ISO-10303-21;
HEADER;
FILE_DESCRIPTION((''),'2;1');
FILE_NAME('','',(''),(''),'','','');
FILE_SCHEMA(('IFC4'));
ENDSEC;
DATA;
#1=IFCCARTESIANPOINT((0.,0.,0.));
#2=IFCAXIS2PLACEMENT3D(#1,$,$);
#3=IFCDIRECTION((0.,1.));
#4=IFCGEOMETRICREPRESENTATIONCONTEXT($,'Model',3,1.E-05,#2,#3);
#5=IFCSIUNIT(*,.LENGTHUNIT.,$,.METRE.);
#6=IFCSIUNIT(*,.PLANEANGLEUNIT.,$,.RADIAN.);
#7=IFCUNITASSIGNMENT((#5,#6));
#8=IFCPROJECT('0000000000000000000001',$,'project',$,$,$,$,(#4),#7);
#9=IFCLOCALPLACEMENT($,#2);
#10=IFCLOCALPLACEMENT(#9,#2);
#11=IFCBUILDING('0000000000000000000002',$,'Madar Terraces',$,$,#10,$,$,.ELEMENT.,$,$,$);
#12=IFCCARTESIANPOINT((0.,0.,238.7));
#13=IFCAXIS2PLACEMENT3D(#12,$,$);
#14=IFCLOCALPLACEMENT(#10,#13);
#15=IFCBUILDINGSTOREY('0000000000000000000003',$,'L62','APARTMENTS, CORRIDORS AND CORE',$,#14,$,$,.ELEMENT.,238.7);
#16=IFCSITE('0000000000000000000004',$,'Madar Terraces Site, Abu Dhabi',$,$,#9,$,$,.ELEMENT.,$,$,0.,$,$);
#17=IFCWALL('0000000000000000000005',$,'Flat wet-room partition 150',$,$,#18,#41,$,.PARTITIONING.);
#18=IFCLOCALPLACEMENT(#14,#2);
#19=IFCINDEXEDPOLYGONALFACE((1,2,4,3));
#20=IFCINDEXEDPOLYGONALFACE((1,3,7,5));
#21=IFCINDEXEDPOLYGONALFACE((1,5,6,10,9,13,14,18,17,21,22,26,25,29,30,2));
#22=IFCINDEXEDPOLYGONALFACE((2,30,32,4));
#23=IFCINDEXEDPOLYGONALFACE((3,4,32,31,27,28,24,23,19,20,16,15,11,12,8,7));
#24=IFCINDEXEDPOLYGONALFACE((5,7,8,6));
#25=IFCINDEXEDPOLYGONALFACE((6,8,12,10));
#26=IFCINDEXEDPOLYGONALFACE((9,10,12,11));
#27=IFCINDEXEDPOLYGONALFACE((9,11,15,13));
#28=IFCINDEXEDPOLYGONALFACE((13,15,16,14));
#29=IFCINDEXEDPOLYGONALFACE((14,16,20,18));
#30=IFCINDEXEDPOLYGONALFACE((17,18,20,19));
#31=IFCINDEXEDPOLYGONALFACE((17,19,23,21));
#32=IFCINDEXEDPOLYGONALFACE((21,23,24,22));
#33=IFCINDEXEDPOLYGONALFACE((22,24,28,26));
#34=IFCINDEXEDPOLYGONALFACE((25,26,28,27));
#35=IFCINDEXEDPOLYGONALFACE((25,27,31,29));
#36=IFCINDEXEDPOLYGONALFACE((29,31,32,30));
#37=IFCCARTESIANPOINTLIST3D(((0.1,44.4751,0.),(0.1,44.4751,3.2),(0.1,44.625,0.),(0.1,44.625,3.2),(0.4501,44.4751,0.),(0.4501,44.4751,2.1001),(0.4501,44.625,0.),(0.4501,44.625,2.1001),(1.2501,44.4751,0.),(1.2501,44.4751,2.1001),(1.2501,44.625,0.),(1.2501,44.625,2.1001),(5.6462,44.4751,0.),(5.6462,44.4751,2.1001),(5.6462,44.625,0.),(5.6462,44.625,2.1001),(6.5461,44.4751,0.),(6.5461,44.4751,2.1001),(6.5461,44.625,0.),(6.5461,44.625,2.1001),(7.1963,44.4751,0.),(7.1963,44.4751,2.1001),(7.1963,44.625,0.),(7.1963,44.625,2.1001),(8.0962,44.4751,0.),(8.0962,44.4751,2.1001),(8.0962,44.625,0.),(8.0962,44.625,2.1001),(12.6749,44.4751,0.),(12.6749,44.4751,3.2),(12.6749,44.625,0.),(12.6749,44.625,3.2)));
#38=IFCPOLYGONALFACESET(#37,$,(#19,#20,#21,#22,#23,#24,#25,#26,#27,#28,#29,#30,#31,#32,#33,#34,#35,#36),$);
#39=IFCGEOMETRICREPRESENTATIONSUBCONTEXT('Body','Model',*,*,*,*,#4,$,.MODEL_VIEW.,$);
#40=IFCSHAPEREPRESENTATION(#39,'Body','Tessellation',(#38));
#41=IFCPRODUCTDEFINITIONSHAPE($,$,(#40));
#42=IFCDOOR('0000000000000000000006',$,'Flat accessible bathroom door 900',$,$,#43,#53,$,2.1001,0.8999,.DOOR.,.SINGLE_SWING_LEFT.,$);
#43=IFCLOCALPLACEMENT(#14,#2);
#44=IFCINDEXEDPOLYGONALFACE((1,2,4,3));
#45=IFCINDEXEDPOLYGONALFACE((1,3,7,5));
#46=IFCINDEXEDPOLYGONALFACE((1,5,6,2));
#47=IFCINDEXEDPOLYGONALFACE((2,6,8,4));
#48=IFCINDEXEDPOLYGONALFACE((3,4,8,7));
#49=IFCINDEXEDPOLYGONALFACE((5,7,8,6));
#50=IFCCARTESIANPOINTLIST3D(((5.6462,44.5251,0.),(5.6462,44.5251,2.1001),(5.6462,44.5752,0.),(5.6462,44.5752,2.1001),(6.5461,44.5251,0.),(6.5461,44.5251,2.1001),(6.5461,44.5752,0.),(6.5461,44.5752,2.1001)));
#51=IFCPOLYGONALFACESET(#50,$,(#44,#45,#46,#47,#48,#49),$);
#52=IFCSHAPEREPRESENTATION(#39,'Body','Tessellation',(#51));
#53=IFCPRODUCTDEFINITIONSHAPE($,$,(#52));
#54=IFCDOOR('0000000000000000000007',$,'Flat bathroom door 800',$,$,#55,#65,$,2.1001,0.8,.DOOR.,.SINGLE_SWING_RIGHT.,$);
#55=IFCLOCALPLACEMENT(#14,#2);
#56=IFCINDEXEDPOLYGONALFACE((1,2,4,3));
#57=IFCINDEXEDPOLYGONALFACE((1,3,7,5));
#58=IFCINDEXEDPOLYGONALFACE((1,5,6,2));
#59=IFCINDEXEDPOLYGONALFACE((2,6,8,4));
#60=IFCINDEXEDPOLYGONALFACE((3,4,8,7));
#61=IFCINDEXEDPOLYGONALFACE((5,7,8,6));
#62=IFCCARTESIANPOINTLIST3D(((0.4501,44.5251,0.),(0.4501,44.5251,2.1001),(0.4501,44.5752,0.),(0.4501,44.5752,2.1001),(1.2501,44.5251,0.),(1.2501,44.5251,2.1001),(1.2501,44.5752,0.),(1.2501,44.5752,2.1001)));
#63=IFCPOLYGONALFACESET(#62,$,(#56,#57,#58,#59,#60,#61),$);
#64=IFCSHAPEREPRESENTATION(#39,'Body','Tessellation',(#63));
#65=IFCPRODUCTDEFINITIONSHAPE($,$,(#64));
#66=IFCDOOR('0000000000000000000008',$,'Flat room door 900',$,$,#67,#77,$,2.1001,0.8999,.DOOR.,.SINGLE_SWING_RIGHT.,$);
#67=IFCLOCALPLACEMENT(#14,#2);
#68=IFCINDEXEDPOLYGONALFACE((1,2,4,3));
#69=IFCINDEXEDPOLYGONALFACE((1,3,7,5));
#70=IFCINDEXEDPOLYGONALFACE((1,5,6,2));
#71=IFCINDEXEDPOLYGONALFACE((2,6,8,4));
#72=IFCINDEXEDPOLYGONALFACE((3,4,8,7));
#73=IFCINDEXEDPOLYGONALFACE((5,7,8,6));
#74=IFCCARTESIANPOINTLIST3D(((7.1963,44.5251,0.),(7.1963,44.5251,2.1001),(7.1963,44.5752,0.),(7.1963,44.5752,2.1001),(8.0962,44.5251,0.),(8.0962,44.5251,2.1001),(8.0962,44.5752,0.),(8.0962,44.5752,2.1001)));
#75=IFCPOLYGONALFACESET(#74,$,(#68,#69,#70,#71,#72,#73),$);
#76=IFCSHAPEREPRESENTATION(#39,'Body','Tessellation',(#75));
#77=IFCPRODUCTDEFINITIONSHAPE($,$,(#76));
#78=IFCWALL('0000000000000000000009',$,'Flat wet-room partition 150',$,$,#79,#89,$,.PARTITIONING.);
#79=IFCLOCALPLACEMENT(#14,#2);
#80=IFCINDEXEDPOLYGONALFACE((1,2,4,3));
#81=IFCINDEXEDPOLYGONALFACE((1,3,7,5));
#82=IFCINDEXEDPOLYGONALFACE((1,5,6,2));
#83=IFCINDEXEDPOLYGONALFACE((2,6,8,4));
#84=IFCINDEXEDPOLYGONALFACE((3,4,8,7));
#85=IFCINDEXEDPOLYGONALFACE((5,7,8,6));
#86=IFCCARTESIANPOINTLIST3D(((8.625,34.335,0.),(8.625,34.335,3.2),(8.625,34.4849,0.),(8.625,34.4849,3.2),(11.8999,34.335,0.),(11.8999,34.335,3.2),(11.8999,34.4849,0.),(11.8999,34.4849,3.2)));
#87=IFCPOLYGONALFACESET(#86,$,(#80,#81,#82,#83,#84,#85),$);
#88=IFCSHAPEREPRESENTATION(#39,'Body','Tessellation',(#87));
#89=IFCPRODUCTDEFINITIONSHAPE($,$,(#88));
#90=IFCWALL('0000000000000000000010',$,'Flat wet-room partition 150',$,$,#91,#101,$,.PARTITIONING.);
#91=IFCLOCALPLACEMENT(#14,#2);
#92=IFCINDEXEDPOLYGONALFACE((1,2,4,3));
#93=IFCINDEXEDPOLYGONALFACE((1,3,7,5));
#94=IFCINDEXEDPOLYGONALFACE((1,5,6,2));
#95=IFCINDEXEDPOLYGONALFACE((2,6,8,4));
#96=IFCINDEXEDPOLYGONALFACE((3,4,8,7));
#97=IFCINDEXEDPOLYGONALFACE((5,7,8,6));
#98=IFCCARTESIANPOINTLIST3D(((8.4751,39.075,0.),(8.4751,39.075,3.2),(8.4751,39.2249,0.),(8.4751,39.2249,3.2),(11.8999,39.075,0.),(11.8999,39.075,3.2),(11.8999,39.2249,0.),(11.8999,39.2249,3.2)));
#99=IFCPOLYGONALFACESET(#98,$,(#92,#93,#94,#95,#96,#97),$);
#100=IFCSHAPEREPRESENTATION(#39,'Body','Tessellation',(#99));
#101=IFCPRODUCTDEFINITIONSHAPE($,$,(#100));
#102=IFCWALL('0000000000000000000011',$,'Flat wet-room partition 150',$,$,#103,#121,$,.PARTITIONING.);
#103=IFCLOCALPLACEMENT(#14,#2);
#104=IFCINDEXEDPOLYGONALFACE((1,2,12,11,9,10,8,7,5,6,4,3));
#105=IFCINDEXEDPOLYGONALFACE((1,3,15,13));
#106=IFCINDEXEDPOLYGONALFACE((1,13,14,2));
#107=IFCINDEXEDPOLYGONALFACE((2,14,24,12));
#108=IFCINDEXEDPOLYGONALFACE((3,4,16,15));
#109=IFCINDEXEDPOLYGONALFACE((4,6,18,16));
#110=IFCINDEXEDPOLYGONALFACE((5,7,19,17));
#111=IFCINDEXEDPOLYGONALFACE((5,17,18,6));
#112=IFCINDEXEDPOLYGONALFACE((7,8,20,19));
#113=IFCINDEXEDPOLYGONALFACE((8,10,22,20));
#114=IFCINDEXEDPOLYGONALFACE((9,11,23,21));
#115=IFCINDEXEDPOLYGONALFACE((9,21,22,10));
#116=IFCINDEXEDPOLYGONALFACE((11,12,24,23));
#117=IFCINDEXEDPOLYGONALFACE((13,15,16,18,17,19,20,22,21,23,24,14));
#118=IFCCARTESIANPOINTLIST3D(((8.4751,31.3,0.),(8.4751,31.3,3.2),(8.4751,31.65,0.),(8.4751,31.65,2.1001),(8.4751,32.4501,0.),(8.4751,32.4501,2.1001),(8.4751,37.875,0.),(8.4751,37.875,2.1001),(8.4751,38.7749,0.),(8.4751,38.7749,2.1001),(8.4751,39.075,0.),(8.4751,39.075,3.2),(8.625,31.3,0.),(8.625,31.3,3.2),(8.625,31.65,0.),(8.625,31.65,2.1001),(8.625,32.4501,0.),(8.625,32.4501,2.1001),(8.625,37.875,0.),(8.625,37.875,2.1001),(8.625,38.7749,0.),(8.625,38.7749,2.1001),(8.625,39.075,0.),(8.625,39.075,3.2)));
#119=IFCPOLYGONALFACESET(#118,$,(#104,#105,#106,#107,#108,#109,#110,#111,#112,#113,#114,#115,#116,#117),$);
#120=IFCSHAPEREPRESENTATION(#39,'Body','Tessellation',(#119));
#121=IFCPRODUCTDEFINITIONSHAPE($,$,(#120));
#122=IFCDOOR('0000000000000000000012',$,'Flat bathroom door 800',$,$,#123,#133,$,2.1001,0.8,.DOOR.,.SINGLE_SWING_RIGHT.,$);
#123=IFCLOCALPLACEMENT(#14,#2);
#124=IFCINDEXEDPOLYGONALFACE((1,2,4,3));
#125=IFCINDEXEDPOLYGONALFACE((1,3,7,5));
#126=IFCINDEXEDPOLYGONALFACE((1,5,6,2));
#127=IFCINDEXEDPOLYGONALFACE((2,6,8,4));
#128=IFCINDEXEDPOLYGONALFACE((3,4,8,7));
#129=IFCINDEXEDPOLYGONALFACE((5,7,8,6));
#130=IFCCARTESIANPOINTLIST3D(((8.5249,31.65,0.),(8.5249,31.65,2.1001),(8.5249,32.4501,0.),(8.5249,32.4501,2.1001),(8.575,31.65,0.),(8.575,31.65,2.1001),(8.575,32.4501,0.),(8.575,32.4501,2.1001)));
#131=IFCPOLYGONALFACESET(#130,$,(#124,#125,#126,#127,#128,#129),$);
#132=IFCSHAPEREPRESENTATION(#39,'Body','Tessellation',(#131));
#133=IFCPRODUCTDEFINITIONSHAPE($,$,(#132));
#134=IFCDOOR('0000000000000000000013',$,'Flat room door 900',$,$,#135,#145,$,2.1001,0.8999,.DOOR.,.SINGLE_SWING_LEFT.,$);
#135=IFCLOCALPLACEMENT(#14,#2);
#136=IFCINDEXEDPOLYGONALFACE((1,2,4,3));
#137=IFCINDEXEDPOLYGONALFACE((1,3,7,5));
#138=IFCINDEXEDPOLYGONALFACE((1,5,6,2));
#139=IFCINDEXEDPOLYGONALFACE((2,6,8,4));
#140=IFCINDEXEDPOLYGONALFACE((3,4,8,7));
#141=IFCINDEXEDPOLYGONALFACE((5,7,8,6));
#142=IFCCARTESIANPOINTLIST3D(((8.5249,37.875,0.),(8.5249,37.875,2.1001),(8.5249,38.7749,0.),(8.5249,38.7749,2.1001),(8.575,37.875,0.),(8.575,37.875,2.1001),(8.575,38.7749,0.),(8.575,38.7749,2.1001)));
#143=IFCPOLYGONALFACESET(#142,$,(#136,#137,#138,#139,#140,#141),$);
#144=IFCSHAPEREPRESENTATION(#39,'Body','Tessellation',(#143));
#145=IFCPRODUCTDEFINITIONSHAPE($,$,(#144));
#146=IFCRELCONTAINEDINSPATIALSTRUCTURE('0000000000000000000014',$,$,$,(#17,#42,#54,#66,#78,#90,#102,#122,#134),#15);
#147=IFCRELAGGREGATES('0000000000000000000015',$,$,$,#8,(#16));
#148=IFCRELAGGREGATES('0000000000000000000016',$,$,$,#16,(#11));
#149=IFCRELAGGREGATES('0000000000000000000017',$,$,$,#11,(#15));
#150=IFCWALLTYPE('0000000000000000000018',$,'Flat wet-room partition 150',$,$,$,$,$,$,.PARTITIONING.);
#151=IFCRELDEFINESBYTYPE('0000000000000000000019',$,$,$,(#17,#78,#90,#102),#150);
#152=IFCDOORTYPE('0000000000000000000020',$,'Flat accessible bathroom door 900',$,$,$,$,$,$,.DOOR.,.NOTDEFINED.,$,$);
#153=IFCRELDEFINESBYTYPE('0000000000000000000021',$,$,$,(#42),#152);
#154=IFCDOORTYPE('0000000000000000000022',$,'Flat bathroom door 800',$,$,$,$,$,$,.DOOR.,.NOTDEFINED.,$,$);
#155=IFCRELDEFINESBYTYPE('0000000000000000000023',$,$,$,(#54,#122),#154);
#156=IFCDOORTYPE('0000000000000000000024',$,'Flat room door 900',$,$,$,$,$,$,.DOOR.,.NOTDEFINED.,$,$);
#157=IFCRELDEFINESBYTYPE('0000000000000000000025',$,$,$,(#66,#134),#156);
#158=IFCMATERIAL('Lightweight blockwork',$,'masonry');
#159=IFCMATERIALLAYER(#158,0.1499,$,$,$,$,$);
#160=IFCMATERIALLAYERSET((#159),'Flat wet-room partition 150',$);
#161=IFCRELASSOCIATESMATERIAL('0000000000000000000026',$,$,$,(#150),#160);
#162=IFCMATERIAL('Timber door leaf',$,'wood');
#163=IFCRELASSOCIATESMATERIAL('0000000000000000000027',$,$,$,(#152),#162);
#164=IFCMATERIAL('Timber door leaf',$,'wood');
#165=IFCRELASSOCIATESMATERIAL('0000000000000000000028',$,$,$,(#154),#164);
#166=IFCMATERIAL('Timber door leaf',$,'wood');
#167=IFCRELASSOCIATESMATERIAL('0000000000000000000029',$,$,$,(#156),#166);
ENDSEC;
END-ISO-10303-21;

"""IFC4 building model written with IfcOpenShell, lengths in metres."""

from ifc_helpers import new_model, si_unit, direction, frame, frame_2d, origin, place, context, subcontext, project, spatial, rectangle, extrude, material, layer, layer_set, type_object, element, fill, save


model = new_model("IFC4")

# Units and contexts
model_context = context("Model", 3, precision=1e-05, world=origin(), true_north=direction((0.0, 1.0)))
body_context = subcontext(model_context, "Body", "Model", "MODEL_VIEW")
ifc_project = project(units=[si_unit("LENGTHUNIT", "METRE"), si_unit("PLANEANGLEUNIT", "RADIAN")], contexts=[model_context])

# Site, building, storey
site_placement = place(None, origin())
site = spatial("IfcSite", under=ifc_project, at=site_placement, Name="Madar Terraces Site, Abu Dhabi", CompositionType="ELEMENT", RefElevation=0.0)
building_placement = place(site_placement, origin())
building = spatial("IfcBuilding", under=site, at=building_placement, Name="Madar Terraces", CompositionType="ELEMENT")
storey_placement = place(building_placement, frame((0.0, 0.0, 238.7)))
storey = spatial("IfcBuildingStorey", under=building, at=storey_placement, Name="L62", Description="APARTMENTS, CORRIDORS AND CORE", CompositionType="ELEMENT", Elevation=238.7)

# Shared definitions
ifc_material_1 = material(Name="Lightweight blockwork", Category="masonry")
ifc_layer_1 = layer(ifc_material_1, 0.1499)
ifc_layer_set_1 = layer_set([ifc_layer_1], Name="Flat wet-room partition 150")
wall_type_1 = type_object("IfcWallType", Name="Flat wet-room partition 150", PredefinedType="PARTITIONING", material=ifc_layer_set_1)

# Wall, openings, doors
wall_1_placement = place(storey_placement, frame((12.675, 44.55, 0.0), z_axis=(0.0, 0.0, 1.0), x_axis=(-1.0, 0.0, 0.0)))
wall_1 = element("IfcWall", 1, at=wall_1_placement, inside=storey, type_object=wall_type_1, Name="Flat wet-room partition 150", PredefinedType="PARTITIONING", context=body_context, shape_type="SweptSolid", body=[
    extrude(rectangle(XDim=12.575, YDim=0.1499, at=frame_2d((6.2876, 0.0))), origin(), (0.0, 0.0, 1.0), 3.2),
])
opening_1_placement = place(wall_1_placement, frame((4.5789, 0.0, 0.0)))
opening_1 = element("IfcOpeningElement", 2, at=opening_1_placement, cuts=wall_1, PredefinedType="OPENING", context=body_context, shape_type="SweptSolid", body=[
    extrude(rectangle(XDim=0.8999, YDim=2.1001, at=frame_2d((0.45, 1.05))), frame((0.0, 0.085, 0.0), z_axis=(0.0, -1.0, 0.0), x_axis=(1.0, 0.0, 0.0)), (0.0, 0.0, 1.0), 0.1699),
])
opening_2_placement = place(wall_1_placement, frame((6.1289, 0.0, 0.0)))
opening_2 = element("IfcOpeningElement", 3, at=opening_2_placement, cuts=wall_1, PredefinedType="OPENING", context=body_context, shape_type="SweptSolid", body=[
    extrude(rectangle(XDim=0.8999, YDim=2.1001, at=frame_2d((0.45, 1.05))), frame((0.0, 0.085, 0.0), z_axis=(0.0, -1.0, 0.0), x_axis=(1.0, 0.0, 0.0)), (0.0, 0.0, 1.0), 0.1699),
])
opening_3_placement = place(wall_1_placement, frame((11.425, 0.0, 0.0)))
opening_3 = element("IfcOpeningElement", 4, at=opening_3_placement, cuts=wall_1, PredefinedType="OPENING", context=body_context, shape_type="SweptSolid", body=[
    extrude(rectangle(XDim=0.8, YDim=2.1001, at=frame_2d((0.3999, 1.05))), frame((0.0, 0.085, 0.0), z_axis=(0.0, -1.0, 0.0), x_axis=(1.0, 0.0, 0.0)), (0.0, 0.0, 1.0), 0.1699),
])
ifc_material_2 = material(Name="Timber door leaf", Category="wood")
door_type_1 = type_object("IfcDoorType", Name="Flat accessible bathroom door 900", OperationType="NOTDEFINED", PredefinedType="DOOR", material=ifc_material_2)
door_1_placement = place(opening_2_placement, origin())
door_1 = element("IfcDoor", 5, at=door_1_placement, inside=storey, type_object=door_type_1, Name="Flat accessible bathroom door 900", OperationType="SINGLE_SWING_LEFT", OverallHeight=2.1001, OverallWidth=0.8999, PredefinedType="DOOR", context=body_context, shape_type="SweptSolid", body=[
    extrude(rectangle(XDim=0.8999, YDim=2.1001, at=frame_2d((0.45, 1.05))), frame((0.0, 0.0249, 0.0), z_axis=(0.0, -1.0, 0.0), x_axis=(1.0, 0.0, 0.0)), (0.0, 0.0, 1.0), 0.05),
])
fill(opening_2, door_1)
ifc_material_3 = material(Name="Timber door leaf", Category="wood")
door_type_2 = type_object("IfcDoorType", Name="Flat bathroom door 800", OperationType="NOTDEFINED", PredefinedType="DOOR", material=ifc_material_3)
door_2_placement = place(opening_3_placement, origin())
door_2 = element("IfcDoor", 6, at=door_2_placement, inside=storey, type_object=door_type_2, Name="Flat bathroom door 800", OperationType="SINGLE_SWING_RIGHT", OverallHeight=2.1001, OverallWidth=0.8, PredefinedType="DOOR", context=body_context, shape_type="SweptSolid", body=[
    extrude(rectangle(XDim=0.8, YDim=2.1001, at=frame_2d((0.3999, 1.05))), frame((0.0, 0.0249, 0.0), z_axis=(0.0, -1.0, 0.0), x_axis=(1.0, 0.0, 0.0)), (0.0, 0.0, 1.0), 0.05),
])
fill(opening_3, door_2)
ifc_material_4 = material(Name="Timber door leaf", Category="wood")
door_type_3 = type_object("IfcDoorType", Name="Flat room door 900", OperationType="NOTDEFINED", PredefinedType="DOOR", material=ifc_material_4)
door_3_placement = place(opening_1_placement, origin())
door_3 = element("IfcDoor", 7, at=door_3_placement, inside=storey, type_object=door_type_3, Name="Flat room door 900", OperationType="SINGLE_SWING_RIGHT", OverallHeight=2.1001, OverallWidth=0.8999, PredefinedType="DOOR", context=body_context, shape_type="SweptSolid", body=[
    extrude(rectangle(XDim=0.8999, YDim=2.1001, at=frame_2d((0.45, 1.05))), frame((0.0, 0.0249, 0.0), z_axis=(0.0, -1.0, 0.0), x_axis=(1.0, 0.0, 0.0)), (0.0, 0.0, 1.0), 0.05),
])
fill(opening_1, door_3)

# Walls
wall_2_placement = place(storey_placement, frame((11.8999, 34.4099, 0.0), z_axis=(0.0, 0.0, 1.0), x_axis=(-1.0, 0.0, 0.0)))
element("IfcWall", 8, at=wall_2_placement, inside=storey, type_object=wall_type_1, Name="Flat wet-room partition 150", PredefinedType="PARTITIONING", context=body_context, shape_type="SweptSolid", body=[
    extrude(rectangle(XDim=3.2749, YDim=0.1499, at=frame_2d((1.6375, 0.0))), origin(), (0.0, 0.0, 1.0), 3.2),
])
wall_3_placement = place(storey_placement, frame((11.8999, 39.1499, 0.0), z_axis=(0.0, 0.0, 1.0), x_axis=(-1.0, 0.0, 0.0)))
element("IfcWall", 9, at=wall_3_placement, inside=storey, type_object=wall_type_1, Name="Flat wet-room partition 150", PredefinedType="PARTITIONING", context=body_context, shape_type="SweptSolid", body=[
    extrude(rectangle(XDim=3.4248, YDim=0.1499, at=frame_2d((1.7124, 0.0))), origin(), (0.0, 0.0, 1.0), 3.2),
])

# Wall, openings, doors
wall_4_placement = place(storey_placement, frame((8.55, 39.075, 0.0), z_axis=(0.0, 0.0, 1.0), x_axis=(0.0, -1.0, 0.0)))
wall_4 = element("IfcWall", 10, at=wall_4_placement, inside=storey, type_object=wall_type_1, Name="Flat wet-room partition 150", PredefinedType="PARTITIONING", context=body_context, shape_type="SweptSolid", body=[
    extrude(rectangle(XDim=7.7749, YDim=0.1499, at=frame_2d((3.8875, 0.0))), origin(), (0.0, 0.0, 1.0), 3.2),
])
opening_4_placement = place(wall_4_placement, frame((0.3, 0.0, 0.0)))
opening_4 = element("IfcOpeningElement", 11, at=opening_4_placement, cuts=wall_4, PredefinedType="OPENING", context=body_context, shape_type="SweptSolid", body=[
    extrude(rectangle(XDim=0.8999, YDim=2.1001, at=frame_2d((0.45, 1.05))), frame((0.0, 0.085, 0.0), z_axis=(0.0, -1.0, 0.0), x_axis=(1.0, 0.0, 0.0)), (0.0, 0.0, 1.0), 0.1699),
])
opening_5_placement = place(wall_4_placement, frame((6.625, 0.0, 0.0)))
opening_5 = element("IfcOpeningElement", 12, at=opening_5_placement, cuts=wall_4, PredefinedType="OPENING", context=body_context, shape_type="SweptSolid", body=[
    extrude(rectangle(XDim=0.8, YDim=2.1001, at=frame_2d((0.3999, 1.05))), frame((0.0, 0.085, 0.0), z_axis=(0.0, -1.0, 0.0), x_axis=(1.0, 0.0, 0.0)), (0.0, 0.0, 1.0), 0.1699),
])
door_4_placement = place(opening_5_placement, origin())
door_4 = element("IfcDoor", 13, at=door_4_placement, inside=storey, type_object=door_type_2, Name="Flat bathroom door 800", OperationType="SINGLE_SWING_RIGHT", OverallHeight=2.1001, OverallWidth=0.8, PredefinedType="DOOR", context=body_context, shape_type="SweptSolid", body=[
    extrude(rectangle(XDim=0.8, YDim=2.1001, at=frame_2d((0.3999, 1.05))), frame((0.0, 0.0249, 0.0), z_axis=(0.0, -1.0, 0.0), x_axis=(1.0, 0.0, 0.0)), (0.0, 0.0, 1.0), 0.05),
])
fill(opening_5, door_4)
door_5_placement = place(opening_4_placement, origin())
door_5 = element("IfcDoor", 14, at=door_5_placement, inside=storey, type_object=door_type_3, Name="Flat room door 900", OperationType="SINGLE_SWING_LEFT", OverallHeight=2.1001, OverallWidth=0.8999, PredefinedType="DOOR", context=body_context, shape_type="SweptSolid", body=[
    extrude(rectangle(XDim=0.8999, YDim=2.1001, at=frame_2d((0.45, 1.05))), frame((0.0, 0.0249, 0.0), z_axis=(0.0, -1.0, 0.0), x_axis=(1.0, 0.0, 0.0)), (0.0, 0.0, 1.0), 0.05),
])
fill(opening_4, door_5)

save(model, "model.ifc")
